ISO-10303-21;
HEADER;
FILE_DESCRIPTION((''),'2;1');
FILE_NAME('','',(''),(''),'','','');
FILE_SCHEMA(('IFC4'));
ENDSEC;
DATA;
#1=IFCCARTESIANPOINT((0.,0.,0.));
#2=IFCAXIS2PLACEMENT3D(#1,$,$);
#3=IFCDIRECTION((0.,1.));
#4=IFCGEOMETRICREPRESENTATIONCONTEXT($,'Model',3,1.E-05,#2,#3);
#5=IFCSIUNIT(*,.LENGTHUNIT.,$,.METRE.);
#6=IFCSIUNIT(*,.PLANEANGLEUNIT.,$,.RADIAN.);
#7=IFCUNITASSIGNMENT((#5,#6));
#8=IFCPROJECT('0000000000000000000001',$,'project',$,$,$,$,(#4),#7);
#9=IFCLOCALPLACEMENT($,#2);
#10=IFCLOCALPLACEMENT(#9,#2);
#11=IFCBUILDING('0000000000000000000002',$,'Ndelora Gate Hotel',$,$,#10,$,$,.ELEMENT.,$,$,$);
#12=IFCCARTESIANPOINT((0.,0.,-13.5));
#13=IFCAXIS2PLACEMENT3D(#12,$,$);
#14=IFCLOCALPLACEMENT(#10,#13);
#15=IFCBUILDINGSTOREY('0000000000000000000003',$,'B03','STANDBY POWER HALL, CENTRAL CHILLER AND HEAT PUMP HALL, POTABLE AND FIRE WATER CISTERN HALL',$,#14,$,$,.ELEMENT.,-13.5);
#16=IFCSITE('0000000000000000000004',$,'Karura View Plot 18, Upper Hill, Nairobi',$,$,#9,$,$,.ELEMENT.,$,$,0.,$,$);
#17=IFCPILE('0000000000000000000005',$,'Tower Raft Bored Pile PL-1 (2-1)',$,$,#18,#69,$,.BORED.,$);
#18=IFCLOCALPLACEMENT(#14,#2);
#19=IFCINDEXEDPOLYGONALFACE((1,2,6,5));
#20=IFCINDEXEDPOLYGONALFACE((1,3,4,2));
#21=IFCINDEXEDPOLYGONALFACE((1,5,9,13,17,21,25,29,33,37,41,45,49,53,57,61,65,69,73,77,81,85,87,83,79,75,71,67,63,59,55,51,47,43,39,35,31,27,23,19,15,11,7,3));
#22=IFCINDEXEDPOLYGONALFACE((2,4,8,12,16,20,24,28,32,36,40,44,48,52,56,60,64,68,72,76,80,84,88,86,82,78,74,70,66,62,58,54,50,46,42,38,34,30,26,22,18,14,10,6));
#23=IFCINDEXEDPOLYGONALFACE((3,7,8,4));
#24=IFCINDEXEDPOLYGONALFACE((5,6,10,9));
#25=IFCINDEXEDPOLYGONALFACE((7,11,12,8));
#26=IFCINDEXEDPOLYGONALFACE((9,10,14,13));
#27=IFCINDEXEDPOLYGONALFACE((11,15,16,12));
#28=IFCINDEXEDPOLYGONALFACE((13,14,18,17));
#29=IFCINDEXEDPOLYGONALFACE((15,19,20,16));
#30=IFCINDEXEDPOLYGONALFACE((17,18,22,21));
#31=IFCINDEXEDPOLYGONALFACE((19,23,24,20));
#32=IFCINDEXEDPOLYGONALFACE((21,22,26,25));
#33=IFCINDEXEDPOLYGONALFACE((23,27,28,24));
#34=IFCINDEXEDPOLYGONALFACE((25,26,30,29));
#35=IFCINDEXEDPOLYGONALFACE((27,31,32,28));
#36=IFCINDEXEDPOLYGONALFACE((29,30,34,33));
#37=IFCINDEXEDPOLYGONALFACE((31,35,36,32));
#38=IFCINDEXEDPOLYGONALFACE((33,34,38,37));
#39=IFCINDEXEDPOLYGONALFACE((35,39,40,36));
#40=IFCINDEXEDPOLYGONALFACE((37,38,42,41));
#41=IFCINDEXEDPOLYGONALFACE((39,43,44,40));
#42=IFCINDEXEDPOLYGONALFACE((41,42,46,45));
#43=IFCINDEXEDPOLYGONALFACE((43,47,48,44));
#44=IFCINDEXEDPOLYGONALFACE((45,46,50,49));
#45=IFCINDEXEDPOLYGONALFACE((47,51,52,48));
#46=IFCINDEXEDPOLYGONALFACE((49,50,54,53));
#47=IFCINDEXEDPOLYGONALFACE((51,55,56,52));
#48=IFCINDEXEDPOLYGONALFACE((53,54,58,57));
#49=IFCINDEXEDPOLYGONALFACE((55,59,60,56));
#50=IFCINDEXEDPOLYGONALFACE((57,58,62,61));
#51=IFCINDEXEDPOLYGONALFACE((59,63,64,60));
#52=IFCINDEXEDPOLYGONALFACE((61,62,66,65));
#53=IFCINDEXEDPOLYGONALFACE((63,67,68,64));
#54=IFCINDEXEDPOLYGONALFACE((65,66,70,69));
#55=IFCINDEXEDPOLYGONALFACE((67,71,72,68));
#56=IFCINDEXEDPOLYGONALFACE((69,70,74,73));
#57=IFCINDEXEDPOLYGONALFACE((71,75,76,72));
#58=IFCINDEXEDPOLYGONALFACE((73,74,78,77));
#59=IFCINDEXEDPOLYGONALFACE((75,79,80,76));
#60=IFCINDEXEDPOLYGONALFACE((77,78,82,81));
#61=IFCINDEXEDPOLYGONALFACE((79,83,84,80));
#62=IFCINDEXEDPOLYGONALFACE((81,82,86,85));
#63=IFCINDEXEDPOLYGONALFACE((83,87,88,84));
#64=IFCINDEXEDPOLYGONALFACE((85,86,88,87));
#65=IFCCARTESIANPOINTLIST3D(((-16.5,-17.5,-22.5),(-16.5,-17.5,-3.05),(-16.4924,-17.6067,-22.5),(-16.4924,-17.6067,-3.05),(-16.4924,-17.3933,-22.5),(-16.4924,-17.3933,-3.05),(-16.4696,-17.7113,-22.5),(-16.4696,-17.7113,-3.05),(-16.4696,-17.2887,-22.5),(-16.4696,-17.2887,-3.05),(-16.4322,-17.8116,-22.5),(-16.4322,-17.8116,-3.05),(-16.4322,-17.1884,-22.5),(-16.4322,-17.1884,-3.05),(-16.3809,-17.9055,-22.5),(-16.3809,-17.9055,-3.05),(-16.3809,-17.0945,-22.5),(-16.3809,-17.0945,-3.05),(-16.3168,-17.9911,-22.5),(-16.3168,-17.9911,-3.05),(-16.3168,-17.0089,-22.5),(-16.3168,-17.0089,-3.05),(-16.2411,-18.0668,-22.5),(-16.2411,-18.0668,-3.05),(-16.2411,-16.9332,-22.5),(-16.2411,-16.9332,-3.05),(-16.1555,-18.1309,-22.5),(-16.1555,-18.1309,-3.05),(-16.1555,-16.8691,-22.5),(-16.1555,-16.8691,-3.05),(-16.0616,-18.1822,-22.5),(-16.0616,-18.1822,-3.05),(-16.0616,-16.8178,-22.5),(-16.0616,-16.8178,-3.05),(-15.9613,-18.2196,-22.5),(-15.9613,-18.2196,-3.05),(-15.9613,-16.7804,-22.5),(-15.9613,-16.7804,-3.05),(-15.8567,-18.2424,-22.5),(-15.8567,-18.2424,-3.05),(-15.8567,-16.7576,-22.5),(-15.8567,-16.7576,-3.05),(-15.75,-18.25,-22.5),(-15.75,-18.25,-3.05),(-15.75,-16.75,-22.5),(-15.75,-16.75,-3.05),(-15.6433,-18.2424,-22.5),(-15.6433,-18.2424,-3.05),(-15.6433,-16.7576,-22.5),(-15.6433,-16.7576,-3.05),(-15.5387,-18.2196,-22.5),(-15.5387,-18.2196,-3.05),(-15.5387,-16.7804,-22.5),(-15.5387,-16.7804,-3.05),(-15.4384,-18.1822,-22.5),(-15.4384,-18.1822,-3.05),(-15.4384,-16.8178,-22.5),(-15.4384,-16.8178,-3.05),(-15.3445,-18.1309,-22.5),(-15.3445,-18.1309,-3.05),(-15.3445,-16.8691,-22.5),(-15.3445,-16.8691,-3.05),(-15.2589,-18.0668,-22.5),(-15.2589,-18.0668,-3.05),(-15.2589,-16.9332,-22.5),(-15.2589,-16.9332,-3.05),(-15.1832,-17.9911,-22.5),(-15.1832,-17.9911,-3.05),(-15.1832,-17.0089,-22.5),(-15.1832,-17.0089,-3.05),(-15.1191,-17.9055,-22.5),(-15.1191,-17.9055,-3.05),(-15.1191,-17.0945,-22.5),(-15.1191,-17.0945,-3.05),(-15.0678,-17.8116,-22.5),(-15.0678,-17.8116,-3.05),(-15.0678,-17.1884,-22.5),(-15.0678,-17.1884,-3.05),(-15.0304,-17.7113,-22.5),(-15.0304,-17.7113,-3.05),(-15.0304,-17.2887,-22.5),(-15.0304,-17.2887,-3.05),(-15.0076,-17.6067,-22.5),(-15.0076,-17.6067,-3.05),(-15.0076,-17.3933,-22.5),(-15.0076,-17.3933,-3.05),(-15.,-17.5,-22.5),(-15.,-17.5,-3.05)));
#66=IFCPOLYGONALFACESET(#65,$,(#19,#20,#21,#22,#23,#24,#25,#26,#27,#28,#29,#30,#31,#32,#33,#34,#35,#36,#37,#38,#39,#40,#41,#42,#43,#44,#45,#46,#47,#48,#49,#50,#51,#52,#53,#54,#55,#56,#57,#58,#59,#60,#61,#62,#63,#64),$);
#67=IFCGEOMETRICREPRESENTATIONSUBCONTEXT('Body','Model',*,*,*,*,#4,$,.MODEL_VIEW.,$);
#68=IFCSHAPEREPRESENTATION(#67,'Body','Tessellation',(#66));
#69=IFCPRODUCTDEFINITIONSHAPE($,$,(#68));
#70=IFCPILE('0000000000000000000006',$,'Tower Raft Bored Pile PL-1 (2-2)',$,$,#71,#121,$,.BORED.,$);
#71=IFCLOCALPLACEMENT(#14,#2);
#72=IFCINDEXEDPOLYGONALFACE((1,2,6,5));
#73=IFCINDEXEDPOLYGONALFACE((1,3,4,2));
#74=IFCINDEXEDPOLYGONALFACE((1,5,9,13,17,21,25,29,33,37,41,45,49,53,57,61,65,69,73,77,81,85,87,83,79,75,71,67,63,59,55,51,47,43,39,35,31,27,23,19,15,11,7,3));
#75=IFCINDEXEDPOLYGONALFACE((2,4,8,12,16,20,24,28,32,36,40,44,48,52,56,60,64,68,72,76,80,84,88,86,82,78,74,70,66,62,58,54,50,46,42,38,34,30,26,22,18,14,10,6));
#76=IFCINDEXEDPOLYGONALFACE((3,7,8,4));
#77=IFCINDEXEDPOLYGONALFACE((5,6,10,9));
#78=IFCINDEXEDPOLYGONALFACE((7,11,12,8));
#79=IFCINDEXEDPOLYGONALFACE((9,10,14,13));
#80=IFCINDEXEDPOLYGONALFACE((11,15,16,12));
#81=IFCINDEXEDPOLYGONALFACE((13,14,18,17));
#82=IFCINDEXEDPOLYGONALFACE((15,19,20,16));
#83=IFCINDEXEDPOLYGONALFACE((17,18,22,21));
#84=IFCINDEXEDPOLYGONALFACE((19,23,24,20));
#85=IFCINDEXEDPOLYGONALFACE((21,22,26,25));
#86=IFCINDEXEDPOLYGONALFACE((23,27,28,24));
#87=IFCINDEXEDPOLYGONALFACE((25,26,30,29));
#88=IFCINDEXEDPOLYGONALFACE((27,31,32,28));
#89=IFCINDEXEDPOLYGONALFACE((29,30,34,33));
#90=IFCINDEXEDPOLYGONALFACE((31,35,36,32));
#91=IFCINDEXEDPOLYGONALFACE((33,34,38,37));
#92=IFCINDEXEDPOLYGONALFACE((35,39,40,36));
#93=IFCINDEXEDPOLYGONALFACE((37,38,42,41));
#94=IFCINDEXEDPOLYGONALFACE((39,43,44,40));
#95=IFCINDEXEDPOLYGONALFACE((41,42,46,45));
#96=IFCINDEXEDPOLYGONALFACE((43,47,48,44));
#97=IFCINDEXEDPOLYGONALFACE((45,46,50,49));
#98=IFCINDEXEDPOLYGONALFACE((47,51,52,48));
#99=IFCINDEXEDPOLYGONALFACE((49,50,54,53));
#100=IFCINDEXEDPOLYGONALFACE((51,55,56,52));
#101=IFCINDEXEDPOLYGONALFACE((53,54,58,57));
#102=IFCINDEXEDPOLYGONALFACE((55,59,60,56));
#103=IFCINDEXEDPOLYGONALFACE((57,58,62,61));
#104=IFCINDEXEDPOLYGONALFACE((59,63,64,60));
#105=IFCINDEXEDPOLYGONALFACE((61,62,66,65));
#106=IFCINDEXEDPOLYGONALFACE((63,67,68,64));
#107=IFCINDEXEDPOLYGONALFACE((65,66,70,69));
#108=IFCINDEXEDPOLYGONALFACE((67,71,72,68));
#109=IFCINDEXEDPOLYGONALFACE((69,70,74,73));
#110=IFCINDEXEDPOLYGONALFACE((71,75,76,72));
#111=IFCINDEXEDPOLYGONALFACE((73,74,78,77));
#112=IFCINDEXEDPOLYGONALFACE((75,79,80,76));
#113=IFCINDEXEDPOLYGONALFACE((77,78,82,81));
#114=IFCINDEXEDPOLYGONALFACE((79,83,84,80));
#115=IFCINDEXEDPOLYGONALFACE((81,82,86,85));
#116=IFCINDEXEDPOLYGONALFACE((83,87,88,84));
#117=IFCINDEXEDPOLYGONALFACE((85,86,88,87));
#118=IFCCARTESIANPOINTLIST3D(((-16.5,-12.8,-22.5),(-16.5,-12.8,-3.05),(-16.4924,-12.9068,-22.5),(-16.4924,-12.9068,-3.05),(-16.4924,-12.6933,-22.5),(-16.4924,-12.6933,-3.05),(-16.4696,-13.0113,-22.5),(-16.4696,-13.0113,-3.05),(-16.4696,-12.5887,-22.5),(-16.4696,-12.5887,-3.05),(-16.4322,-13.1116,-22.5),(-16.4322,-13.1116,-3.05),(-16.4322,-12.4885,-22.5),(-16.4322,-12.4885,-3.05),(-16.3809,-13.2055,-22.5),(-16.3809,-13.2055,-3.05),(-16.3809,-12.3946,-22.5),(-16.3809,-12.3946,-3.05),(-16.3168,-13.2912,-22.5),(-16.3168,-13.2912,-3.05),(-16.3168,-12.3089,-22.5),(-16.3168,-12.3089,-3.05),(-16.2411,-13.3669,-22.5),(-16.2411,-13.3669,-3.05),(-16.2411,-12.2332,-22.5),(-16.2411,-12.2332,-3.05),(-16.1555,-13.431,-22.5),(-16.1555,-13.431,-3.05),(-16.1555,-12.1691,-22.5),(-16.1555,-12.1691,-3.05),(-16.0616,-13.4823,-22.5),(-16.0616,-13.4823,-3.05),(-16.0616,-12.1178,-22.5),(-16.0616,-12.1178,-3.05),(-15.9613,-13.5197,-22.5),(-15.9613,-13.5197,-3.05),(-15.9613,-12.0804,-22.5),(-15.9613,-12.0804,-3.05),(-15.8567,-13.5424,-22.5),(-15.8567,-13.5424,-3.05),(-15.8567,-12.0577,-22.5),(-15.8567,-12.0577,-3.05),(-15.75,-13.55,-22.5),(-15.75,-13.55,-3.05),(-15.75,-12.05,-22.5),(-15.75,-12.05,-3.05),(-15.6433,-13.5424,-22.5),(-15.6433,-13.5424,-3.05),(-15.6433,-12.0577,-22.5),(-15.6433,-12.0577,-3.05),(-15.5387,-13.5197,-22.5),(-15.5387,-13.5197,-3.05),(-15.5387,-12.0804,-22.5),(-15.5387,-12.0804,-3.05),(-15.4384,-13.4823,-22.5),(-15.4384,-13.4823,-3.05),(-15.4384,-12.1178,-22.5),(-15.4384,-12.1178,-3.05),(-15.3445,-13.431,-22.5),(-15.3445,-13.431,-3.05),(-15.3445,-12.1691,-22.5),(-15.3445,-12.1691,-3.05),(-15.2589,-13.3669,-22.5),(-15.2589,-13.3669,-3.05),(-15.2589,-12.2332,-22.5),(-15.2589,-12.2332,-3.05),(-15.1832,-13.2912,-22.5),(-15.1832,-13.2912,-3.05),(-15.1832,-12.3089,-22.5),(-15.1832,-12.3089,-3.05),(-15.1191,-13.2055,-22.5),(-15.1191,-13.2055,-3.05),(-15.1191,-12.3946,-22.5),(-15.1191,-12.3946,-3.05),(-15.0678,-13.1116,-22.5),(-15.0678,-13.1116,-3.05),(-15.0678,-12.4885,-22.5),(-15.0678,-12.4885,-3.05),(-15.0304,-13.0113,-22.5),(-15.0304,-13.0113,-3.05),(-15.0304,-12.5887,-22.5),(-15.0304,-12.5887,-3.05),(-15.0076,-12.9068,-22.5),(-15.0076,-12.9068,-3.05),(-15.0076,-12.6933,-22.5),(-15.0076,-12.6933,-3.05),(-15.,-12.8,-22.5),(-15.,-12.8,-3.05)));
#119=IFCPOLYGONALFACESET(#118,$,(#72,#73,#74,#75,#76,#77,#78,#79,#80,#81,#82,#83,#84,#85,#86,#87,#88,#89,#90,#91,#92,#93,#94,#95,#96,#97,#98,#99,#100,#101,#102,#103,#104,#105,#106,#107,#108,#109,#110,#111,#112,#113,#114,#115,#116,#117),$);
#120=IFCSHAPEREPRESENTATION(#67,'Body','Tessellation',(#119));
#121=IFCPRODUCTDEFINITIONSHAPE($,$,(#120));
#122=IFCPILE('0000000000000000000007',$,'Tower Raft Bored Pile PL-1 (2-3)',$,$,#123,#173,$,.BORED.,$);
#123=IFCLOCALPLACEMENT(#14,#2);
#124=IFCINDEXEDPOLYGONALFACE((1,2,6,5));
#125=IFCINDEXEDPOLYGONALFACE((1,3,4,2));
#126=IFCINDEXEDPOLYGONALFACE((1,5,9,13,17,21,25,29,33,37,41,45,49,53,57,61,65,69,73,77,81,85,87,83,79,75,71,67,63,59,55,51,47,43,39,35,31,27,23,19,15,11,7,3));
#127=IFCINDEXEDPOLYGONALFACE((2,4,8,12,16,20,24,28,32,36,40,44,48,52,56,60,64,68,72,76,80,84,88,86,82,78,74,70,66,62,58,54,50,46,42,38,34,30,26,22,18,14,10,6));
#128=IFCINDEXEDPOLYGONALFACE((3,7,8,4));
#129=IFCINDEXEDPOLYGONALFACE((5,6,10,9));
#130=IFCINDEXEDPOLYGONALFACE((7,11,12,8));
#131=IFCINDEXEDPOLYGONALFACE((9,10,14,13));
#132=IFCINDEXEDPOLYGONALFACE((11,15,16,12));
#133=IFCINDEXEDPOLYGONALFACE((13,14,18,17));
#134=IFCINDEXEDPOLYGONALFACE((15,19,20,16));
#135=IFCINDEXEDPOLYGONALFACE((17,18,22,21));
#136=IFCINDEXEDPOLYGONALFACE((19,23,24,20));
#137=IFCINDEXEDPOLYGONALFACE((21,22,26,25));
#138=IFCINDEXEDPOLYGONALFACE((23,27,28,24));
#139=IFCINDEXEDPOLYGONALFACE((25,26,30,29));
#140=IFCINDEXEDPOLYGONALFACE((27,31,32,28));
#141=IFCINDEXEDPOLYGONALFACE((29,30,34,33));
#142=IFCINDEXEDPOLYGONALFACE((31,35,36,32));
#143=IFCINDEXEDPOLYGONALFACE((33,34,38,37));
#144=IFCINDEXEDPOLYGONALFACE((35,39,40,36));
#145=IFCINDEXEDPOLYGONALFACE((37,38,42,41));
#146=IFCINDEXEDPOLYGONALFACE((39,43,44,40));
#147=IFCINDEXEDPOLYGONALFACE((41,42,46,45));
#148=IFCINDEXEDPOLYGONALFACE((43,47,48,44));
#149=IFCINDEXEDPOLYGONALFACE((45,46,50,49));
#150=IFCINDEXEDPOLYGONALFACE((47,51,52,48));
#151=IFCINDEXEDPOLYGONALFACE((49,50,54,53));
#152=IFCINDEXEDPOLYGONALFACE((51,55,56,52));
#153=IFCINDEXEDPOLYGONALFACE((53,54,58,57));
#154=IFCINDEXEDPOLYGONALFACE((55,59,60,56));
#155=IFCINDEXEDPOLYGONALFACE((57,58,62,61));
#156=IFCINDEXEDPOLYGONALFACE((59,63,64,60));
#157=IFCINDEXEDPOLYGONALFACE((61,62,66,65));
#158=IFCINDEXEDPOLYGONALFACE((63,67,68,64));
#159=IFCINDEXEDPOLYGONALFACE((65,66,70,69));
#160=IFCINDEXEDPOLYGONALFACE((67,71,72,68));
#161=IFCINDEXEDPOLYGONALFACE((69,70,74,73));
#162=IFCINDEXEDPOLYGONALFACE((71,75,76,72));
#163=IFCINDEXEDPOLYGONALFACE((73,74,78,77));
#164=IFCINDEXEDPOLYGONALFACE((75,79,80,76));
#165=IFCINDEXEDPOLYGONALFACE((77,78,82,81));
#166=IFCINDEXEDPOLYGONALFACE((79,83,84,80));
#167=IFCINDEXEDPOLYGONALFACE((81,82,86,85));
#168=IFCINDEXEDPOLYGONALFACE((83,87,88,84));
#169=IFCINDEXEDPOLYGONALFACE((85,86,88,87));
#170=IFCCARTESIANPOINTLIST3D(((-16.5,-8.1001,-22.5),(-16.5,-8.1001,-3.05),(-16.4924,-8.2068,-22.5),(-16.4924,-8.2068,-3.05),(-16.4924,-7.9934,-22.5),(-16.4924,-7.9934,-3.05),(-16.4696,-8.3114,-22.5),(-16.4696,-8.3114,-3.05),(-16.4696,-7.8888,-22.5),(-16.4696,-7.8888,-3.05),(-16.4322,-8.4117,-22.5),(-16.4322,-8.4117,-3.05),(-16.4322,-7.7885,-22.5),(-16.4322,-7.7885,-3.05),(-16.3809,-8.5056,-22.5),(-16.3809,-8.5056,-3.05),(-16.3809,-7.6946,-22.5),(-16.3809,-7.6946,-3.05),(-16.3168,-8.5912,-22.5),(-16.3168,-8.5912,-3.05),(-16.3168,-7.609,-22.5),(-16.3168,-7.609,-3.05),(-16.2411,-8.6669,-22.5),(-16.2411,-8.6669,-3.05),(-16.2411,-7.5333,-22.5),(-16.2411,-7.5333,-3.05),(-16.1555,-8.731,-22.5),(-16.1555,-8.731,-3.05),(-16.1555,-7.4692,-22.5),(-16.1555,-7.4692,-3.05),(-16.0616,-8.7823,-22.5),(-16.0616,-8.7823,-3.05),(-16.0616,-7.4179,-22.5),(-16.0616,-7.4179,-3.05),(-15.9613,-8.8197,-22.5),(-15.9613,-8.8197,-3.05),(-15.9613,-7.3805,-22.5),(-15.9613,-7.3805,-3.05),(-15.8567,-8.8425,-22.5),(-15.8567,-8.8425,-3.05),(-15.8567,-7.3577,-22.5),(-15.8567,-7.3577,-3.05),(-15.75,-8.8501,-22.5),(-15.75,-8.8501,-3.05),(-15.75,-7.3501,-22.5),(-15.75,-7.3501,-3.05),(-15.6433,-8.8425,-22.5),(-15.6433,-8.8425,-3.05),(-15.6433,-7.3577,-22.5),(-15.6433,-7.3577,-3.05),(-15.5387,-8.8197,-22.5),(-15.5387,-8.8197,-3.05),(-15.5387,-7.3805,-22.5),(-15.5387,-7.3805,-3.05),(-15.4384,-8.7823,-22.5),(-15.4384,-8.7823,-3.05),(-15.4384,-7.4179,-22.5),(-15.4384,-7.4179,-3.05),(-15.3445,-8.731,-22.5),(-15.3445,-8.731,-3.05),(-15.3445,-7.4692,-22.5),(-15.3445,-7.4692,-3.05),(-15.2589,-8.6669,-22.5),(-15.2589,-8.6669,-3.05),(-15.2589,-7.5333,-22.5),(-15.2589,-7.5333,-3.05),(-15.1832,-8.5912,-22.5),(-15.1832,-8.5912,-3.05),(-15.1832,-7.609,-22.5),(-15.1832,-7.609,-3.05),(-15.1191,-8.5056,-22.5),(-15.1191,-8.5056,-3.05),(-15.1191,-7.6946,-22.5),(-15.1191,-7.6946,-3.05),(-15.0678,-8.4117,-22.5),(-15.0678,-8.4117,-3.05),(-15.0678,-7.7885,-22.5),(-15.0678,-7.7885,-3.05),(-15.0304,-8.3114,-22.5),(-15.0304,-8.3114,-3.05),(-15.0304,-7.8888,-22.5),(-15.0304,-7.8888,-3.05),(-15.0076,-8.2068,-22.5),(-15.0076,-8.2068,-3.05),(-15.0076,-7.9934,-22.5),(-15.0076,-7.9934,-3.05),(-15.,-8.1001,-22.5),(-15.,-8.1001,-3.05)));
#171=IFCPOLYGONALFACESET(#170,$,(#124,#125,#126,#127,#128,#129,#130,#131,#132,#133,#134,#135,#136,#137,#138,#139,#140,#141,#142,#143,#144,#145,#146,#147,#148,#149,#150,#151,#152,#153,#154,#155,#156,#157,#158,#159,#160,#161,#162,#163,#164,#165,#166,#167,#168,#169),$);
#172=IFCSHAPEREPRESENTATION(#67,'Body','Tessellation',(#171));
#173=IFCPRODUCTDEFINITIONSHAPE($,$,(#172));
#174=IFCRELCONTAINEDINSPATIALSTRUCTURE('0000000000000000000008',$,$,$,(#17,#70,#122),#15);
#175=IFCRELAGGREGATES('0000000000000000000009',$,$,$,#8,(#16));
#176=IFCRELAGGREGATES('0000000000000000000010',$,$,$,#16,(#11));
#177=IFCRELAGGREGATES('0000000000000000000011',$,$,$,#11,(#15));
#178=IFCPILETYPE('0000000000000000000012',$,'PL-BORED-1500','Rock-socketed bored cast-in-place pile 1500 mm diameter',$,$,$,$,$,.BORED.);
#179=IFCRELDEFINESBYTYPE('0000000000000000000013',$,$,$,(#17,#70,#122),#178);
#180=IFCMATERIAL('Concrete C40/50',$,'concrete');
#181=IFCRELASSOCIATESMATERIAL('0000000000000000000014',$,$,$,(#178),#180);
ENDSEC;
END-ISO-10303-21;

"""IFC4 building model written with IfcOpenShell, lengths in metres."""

from ifc_helpers import new_model, si_unit, direction, frame, origin, origin_2d, place, context, subcontext, project, spatial, circle, extrude, material, material_profile, profile_set, type_object, element, save


model = new_model("IFC4")

# Units and contexts
model_context = context("Model", 3, precision=1e-05, world=origin(), true_north=direction((0.0, 1.0)))
body_context = subcontext(model_context, "Body", "Model", "MODEL_VIEW")
ifc_project = project(units=[si_unit("LENGTHUNIT", "METRE"), si_unit("PLANEANGLEUNIT", "RADIAN")], contexts=[model_context])

# Site, building, storey
site_placement = place(None, origin())
site = spatial("IfcSite", under=ifc_project, at=site_placement, Name="Karura View Plot 18, Upper Hill, Nairobi", CompositionType="ELEMENT", RefElevation=0.0)
building_placement = place(site_placement, origin())
building = spatial("IfcBuilding", under=site, at=building_placement, Name="Ndelora Gate Hotel", CompositionType="ELEMENT")
storey_placement = place(building_placement, frame((0.0, 0.0, -13.5)))
storey = spatial("IfcBuildingStorey", under=building, at=storey_placement, Name="B03", Description="STANDBY POWER HALL, CENTRAL CHILLER AND HEAT PUMP HALL, POTABLE AND FIRE WATER CISTERN HALL", CompositionType="ELEMENT", Elevation=-13.5)

# Piles
ifc_material_1 = material(Name="Concrete C40/50", Category="concrete")
ifc_material_profile_1 = material_profile(ifc_material_1, circle(Radius=0.75, at=origin_2d()), Name="PILE D1500")
ifc_profile_set_1 = profile_set([ifc_material_profile_1], Name="Concrete C40/50")
pile_type = type_object("IfcPileType", Name="PL-BORED-1500", Description="Rock-socketed bored cast-in-place pile 1500 mm diameter", PredefinedType="BORED", material=ifc_profile_set_1)
for number, where, z_axis, x_axis, name in (
    (1, (-15.75, -17.5, -3.05), (0.0, 0.0, -1.0), (1.0, 0.0, 0.0), "Tower Raft Bored Pile PL-1 (2-1)"),
    (2, (-15.75, -12.8, -3.05), (0.0, 0.0, -1.0), (1.0, 0.0, 0.0), "Tower Raft Bored Pile PL-1 (2-2)"),
    (3, (-15.75, -8.1001, -3.05), (0.0, 0.0, -1.0), (1.0, 0.0, 0.0), "Tower Raft Bored Pile PL-1 (2-3)"),
):
    element("IfcPile", number, at=place(storey_placement, frame(where, z_axis=z_axis, x_axis=x_axis)), inside=storey, type_object=pile_type, Name=name, PredefinedType="BORED", context=body_context, shape_type="SweptSolid", body=[
        extrude(circle(Radius=0.75, at=origin_2d()), origin(), (0.0, 0.0, 1.0), 19.45),
    ])

save(model, "model.ifc")
